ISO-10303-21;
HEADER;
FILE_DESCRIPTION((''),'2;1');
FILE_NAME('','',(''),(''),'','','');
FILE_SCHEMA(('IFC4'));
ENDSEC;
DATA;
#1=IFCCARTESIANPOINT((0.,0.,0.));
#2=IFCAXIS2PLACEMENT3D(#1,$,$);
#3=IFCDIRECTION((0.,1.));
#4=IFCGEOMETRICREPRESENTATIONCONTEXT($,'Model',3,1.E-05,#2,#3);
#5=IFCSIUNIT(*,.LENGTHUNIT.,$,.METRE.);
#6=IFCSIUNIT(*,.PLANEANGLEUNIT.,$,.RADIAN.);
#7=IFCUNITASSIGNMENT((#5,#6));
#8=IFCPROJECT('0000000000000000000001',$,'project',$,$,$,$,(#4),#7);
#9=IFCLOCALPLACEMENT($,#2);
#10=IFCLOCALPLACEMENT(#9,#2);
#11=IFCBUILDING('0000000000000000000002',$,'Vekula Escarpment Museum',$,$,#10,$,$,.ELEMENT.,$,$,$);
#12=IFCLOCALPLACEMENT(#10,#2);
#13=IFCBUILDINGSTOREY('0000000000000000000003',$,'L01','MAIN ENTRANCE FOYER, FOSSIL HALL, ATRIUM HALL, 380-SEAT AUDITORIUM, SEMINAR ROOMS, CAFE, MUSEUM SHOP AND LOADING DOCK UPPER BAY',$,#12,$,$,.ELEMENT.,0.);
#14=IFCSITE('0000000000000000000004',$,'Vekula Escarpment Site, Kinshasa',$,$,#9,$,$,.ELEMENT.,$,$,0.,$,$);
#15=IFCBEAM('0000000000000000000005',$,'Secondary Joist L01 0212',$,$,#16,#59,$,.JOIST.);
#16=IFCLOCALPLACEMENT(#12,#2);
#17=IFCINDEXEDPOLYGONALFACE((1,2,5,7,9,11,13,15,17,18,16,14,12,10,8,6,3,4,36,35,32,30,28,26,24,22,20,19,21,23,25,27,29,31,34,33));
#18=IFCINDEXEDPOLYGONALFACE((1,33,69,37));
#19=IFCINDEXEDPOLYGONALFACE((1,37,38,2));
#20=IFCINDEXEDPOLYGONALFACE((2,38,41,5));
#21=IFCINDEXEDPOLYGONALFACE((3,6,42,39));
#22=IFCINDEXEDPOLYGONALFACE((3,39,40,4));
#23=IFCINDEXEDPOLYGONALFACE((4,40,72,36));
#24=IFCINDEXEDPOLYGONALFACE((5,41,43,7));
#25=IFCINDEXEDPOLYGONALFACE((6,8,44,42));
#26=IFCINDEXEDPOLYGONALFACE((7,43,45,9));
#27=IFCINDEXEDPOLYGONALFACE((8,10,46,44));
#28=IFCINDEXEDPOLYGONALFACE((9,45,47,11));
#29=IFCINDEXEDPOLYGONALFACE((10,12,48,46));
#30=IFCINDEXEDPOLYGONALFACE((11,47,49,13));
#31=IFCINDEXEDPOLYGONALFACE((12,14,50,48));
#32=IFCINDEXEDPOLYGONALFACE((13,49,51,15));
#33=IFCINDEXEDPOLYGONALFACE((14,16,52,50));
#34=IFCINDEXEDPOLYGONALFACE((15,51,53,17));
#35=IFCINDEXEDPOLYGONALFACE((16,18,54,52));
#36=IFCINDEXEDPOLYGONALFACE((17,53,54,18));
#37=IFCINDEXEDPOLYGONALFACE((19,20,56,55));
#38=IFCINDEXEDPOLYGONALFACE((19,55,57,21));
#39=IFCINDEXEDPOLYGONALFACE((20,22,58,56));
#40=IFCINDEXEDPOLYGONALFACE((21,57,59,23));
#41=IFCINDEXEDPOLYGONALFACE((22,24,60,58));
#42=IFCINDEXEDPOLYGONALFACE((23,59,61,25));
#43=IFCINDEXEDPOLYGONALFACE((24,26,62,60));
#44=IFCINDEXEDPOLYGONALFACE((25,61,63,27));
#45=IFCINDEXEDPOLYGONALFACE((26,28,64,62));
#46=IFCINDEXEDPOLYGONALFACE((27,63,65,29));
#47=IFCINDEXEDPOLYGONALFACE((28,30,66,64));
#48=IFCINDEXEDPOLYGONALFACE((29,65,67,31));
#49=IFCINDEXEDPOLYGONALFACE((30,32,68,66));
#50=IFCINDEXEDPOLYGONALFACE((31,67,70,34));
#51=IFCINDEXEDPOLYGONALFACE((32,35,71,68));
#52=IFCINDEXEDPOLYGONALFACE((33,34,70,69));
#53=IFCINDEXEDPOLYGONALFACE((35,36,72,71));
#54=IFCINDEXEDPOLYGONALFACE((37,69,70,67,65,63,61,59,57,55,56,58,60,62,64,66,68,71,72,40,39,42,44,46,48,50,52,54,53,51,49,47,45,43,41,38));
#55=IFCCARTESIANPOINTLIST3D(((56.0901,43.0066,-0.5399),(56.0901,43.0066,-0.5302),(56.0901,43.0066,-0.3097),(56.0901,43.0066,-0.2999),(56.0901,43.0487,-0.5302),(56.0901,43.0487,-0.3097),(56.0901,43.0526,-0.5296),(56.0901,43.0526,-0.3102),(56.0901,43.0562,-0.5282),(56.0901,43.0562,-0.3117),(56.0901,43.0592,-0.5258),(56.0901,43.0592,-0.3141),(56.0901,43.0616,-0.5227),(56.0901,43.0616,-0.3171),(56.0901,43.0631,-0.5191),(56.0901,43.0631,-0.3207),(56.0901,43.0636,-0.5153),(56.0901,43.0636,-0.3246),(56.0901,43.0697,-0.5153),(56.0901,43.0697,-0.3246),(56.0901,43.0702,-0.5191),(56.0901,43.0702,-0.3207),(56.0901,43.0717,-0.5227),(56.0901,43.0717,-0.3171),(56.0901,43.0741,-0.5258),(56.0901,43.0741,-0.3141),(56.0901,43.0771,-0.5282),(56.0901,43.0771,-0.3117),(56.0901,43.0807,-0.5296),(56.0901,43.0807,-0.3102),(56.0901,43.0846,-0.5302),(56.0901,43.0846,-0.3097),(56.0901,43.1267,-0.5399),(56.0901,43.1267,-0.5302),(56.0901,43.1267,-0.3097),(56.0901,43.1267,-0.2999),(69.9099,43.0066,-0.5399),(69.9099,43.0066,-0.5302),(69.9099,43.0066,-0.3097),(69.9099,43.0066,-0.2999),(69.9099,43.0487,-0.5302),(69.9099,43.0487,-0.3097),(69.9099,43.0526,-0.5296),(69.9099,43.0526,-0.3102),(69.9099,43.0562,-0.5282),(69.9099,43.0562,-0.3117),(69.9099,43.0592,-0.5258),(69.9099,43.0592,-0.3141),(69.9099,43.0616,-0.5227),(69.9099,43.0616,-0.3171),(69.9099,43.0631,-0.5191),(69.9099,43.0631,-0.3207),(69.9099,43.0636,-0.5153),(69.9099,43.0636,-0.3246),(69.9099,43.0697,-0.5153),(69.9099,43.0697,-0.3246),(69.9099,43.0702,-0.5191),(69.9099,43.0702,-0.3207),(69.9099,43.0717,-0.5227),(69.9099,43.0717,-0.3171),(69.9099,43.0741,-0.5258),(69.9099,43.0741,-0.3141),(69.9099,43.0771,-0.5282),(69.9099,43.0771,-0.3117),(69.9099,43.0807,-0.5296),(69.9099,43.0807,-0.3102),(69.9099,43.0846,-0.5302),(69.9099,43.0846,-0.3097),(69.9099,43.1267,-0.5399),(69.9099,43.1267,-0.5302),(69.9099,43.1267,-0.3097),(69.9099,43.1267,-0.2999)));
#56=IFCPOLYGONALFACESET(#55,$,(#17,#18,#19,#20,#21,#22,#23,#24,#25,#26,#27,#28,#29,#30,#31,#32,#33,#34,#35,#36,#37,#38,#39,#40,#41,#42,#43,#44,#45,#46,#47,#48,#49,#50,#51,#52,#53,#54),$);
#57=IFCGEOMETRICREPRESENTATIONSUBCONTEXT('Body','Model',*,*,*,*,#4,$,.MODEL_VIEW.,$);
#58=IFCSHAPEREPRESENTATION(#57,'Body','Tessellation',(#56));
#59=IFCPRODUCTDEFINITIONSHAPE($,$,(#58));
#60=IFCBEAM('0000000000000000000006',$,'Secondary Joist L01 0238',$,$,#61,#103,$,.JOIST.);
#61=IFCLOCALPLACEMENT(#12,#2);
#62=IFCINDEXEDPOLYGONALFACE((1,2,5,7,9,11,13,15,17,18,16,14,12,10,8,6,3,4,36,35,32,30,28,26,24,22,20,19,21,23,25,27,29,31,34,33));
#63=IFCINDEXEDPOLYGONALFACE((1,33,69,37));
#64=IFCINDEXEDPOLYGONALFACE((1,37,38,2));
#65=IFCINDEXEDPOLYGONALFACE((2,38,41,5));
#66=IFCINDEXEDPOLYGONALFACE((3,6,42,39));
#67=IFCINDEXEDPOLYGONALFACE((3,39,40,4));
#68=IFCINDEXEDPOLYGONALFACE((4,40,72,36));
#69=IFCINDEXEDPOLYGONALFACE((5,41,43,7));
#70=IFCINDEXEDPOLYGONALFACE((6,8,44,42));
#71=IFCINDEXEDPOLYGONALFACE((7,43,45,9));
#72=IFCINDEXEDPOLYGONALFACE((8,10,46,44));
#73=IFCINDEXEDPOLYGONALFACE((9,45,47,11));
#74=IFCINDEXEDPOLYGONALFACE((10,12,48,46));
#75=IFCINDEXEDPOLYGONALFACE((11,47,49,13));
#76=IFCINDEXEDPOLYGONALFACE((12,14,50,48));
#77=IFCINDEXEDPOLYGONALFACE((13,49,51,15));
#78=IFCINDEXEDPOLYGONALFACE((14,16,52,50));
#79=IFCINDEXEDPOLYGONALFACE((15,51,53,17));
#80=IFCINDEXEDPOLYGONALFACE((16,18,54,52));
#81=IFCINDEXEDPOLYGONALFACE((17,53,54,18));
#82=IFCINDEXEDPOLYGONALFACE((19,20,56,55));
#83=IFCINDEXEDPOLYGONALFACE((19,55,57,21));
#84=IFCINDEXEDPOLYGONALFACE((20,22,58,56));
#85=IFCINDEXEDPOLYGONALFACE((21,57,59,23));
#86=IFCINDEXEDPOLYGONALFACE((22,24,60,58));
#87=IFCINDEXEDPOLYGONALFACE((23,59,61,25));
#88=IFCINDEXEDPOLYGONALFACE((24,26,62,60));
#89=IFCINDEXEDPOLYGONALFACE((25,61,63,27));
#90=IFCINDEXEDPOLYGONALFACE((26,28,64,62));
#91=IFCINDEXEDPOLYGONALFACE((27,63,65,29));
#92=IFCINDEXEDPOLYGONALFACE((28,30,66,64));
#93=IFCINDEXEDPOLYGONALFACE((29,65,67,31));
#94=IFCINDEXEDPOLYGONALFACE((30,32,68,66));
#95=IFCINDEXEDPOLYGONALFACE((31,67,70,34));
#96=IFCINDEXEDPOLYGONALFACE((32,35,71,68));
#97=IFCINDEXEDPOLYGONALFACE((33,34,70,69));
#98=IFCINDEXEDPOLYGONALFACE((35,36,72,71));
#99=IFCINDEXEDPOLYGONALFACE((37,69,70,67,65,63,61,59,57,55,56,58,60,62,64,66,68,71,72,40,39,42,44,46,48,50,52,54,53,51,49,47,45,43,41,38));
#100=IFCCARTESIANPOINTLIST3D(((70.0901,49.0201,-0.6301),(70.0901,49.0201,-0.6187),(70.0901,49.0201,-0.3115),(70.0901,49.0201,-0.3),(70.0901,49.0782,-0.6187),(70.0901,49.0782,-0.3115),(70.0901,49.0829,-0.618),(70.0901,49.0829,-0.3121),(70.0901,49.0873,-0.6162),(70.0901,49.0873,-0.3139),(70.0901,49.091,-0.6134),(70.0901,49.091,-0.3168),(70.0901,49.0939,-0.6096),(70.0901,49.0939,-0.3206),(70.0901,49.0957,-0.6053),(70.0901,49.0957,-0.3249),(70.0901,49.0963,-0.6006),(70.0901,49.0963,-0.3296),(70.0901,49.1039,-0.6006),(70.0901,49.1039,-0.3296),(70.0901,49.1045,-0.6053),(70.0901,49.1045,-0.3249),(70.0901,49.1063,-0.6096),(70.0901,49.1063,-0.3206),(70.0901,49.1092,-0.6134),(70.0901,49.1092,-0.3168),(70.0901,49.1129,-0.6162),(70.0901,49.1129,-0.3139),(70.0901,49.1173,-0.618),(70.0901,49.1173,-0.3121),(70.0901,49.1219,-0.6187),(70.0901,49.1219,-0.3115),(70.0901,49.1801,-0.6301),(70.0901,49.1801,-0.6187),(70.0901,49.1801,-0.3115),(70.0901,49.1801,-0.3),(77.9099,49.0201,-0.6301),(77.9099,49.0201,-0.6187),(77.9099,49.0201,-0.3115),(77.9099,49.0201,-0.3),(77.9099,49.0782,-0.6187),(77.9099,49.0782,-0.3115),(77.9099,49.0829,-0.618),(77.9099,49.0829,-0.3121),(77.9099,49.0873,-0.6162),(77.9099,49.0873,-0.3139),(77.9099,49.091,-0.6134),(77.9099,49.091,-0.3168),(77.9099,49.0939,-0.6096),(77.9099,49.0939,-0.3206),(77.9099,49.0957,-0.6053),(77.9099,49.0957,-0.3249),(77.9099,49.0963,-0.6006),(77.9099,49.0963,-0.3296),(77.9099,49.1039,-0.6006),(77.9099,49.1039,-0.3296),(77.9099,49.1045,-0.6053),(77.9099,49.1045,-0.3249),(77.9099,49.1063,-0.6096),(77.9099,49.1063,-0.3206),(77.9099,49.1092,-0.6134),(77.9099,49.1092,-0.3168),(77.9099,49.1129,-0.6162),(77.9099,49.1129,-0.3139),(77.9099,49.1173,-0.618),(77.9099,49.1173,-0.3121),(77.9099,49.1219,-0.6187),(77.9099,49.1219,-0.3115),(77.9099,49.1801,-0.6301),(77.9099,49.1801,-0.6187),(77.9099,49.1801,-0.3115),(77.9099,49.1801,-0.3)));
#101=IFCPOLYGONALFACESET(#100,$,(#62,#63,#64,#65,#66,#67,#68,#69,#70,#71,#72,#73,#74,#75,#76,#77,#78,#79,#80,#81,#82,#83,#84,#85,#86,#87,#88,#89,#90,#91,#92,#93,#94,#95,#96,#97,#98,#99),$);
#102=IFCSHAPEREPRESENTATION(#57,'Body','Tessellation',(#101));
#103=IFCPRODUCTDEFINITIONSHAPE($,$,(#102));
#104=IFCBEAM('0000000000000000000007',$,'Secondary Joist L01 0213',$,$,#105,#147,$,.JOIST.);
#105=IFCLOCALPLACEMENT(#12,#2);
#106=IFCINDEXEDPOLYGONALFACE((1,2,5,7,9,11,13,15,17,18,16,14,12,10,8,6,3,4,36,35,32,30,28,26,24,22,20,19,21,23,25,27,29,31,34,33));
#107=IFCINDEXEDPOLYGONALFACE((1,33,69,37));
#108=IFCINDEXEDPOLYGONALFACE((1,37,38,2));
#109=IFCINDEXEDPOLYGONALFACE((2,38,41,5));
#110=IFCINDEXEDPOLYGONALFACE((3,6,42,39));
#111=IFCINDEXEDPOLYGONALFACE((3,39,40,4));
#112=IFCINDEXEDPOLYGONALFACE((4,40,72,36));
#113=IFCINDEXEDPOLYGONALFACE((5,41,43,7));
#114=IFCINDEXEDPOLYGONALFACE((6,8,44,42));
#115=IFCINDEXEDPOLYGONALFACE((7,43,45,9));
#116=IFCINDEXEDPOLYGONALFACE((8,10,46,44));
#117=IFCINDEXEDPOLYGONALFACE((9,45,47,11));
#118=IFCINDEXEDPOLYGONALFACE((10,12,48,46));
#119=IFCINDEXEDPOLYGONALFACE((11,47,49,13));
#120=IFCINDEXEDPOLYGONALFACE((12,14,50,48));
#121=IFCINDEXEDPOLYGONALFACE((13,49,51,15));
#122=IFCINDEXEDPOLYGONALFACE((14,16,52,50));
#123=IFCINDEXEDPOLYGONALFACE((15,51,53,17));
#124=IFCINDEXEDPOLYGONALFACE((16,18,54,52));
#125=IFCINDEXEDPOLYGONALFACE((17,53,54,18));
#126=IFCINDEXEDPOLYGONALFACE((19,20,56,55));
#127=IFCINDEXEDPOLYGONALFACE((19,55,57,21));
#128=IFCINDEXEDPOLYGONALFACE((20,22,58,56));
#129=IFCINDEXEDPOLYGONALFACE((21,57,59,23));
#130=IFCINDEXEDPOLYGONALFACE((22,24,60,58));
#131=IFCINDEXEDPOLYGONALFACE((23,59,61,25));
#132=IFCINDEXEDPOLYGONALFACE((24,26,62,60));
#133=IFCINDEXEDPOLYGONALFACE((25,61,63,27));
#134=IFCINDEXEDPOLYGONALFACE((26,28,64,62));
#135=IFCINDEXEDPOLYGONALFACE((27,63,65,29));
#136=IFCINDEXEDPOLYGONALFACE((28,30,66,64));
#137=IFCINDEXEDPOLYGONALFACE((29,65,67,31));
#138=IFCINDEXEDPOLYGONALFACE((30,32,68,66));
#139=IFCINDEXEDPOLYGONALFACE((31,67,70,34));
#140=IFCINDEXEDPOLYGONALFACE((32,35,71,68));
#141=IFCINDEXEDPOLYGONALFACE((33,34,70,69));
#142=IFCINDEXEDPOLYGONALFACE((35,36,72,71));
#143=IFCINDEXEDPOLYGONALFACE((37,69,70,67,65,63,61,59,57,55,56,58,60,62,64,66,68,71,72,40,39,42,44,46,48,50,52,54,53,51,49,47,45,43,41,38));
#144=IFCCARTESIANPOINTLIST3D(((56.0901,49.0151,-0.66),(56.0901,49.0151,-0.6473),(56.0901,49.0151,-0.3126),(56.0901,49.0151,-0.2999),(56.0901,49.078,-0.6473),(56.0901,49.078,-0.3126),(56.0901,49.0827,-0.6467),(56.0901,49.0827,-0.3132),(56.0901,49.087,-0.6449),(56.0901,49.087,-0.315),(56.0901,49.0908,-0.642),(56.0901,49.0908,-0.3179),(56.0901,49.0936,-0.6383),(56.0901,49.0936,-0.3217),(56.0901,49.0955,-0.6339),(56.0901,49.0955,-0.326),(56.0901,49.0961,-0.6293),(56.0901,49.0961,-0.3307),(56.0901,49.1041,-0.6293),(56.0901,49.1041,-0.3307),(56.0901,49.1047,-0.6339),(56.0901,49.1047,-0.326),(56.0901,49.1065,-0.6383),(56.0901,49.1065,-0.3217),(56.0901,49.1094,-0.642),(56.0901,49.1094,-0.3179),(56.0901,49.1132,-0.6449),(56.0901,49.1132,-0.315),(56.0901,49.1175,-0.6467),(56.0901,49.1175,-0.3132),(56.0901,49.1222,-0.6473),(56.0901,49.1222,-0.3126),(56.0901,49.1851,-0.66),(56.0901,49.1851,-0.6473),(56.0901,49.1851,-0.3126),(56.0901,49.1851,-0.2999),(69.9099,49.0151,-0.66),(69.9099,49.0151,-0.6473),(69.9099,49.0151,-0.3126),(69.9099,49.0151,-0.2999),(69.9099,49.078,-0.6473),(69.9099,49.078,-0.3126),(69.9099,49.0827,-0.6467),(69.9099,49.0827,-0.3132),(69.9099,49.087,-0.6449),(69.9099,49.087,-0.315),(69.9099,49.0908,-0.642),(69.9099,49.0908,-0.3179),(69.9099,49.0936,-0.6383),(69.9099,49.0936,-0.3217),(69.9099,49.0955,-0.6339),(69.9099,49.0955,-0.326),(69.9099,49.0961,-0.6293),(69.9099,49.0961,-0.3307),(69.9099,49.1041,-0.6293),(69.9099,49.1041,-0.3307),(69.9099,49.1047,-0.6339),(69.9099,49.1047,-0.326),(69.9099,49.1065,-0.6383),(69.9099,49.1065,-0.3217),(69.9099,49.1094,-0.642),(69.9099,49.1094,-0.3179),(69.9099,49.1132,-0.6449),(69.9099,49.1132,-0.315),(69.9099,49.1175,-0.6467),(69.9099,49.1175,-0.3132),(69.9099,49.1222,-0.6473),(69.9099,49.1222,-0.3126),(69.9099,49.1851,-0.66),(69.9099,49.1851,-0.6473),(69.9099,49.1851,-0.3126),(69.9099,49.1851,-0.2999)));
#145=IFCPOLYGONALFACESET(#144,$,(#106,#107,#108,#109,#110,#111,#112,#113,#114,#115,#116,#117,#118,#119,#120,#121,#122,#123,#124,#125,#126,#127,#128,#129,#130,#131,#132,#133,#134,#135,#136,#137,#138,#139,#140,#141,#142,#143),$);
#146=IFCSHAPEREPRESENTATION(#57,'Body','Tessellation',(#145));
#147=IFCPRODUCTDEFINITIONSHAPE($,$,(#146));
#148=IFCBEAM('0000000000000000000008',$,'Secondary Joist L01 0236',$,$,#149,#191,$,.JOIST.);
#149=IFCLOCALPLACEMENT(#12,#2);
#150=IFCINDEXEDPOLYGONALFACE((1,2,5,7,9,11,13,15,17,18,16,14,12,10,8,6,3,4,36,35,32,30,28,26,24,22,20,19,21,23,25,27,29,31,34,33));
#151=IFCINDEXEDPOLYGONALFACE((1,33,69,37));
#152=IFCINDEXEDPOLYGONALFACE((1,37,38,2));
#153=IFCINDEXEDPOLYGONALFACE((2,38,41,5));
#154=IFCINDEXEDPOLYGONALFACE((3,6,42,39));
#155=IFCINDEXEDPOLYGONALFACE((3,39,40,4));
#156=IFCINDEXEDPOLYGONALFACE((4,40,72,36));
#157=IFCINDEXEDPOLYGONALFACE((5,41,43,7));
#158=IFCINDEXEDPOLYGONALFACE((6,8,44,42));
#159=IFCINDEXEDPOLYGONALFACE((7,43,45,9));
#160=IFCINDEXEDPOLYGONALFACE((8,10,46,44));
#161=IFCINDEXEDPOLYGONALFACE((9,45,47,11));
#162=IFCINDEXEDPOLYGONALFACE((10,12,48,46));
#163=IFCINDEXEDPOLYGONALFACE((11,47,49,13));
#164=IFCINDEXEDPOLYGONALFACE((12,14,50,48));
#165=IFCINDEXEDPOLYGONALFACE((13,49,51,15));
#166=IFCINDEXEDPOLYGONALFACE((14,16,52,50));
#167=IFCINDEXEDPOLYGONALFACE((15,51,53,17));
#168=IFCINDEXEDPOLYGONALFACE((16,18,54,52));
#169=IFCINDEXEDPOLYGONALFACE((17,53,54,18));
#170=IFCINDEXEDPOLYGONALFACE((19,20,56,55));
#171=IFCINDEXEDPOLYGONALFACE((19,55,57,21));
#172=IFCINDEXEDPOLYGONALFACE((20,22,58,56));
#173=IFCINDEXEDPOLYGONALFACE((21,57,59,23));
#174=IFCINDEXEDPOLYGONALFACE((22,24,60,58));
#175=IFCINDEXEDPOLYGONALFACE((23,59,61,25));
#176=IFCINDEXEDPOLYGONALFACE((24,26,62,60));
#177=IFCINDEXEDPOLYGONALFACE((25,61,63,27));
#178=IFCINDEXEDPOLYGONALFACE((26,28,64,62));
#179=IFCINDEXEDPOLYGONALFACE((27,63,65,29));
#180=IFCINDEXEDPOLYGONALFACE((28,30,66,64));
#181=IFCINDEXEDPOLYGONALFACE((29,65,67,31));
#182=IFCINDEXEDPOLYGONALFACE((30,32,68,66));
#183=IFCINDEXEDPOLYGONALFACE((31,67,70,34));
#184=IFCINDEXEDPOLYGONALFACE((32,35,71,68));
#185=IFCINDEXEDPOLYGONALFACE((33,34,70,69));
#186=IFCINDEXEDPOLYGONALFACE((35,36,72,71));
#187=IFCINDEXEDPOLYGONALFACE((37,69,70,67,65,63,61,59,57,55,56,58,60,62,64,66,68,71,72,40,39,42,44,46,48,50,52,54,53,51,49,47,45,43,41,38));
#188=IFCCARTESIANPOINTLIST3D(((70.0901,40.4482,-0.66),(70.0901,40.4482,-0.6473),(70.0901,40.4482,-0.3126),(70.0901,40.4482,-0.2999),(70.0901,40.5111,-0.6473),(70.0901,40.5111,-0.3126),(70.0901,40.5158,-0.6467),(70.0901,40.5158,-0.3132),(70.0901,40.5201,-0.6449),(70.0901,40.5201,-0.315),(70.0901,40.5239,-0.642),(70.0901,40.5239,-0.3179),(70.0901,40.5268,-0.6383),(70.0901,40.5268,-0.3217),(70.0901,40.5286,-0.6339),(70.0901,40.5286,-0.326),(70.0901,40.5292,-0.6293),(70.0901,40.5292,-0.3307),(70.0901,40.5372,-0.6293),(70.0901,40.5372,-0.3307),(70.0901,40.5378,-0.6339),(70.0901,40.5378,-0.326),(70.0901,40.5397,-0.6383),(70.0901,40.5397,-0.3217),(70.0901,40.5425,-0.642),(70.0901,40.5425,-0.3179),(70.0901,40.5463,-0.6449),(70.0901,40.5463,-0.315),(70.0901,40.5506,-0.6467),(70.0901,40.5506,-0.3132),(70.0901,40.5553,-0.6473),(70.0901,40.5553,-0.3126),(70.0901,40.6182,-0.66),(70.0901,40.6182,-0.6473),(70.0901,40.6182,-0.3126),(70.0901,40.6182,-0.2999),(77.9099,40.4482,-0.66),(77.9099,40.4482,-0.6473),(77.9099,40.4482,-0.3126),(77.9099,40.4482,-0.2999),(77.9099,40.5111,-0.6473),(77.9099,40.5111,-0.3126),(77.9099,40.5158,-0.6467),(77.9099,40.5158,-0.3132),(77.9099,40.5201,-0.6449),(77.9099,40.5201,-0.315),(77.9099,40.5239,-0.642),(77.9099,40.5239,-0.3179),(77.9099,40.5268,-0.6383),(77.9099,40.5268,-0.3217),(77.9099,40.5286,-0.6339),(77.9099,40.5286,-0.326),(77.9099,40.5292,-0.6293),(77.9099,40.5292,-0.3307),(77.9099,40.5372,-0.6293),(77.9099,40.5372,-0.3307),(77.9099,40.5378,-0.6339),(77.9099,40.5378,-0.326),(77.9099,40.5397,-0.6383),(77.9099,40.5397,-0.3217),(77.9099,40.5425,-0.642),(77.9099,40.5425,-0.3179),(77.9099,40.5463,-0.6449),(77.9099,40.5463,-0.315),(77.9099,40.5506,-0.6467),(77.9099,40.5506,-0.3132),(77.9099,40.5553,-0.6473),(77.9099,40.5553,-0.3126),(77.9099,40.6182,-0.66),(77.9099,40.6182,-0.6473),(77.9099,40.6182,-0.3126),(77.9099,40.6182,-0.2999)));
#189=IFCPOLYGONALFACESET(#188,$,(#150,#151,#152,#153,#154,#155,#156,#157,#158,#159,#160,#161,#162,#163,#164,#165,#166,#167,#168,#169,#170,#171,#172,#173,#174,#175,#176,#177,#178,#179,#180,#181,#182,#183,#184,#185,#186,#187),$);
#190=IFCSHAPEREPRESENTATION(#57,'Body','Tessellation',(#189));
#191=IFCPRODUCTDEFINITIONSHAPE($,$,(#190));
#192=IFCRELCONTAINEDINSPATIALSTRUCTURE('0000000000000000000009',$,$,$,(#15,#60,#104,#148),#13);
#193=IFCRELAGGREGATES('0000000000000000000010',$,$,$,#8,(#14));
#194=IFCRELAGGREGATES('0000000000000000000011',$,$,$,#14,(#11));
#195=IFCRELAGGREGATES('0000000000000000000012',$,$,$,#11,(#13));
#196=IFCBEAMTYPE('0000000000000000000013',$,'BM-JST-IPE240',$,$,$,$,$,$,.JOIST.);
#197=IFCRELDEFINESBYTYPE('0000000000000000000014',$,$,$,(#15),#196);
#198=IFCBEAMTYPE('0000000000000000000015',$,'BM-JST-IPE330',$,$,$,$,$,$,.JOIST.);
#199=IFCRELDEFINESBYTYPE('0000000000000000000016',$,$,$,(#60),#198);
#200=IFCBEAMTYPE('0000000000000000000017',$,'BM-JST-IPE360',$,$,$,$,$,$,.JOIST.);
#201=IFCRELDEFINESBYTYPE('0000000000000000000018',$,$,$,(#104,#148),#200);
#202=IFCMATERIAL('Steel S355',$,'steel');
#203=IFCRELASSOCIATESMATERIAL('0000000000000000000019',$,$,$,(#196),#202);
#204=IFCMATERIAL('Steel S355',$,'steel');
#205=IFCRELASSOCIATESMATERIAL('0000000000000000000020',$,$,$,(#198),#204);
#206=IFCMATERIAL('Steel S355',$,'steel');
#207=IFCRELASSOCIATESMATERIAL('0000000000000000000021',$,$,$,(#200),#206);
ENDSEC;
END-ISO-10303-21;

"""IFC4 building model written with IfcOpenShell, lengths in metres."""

from ifc_helpers import new_model, si_unit, direction, frame, origin, origin_2d, place, context, subcontext, project, spatial, i_section, extrude, material, material_profile, profile_set, type_object, element, save


model = new_model("IFC4")

# Units and contexts
model_context = context("Model", 3, precision=1e-05, world=origin(), true_north=direction((0.0, 1.0)))
body_context = subcontext(model_context, "Body", "Model", "MODEL_VIEW")
ifc_project = project(units=[si_unit("LENGTHUNIT", "METRE"), si_unit("PLANEANGLEUNIT", "RADIAN")], contexts=[model_context])

# Site, building, storey
site_placement = place(None, origin())
site = spatial("IfcSite", under=ifc_project, at=site_placement, Name="Vekula Escarpment Site, Kinshasa", CompositionType="ELEMENT", RefElevation=0.0)
building_placement = place(site_placement, origin())
building = spatial("IfcBuilding", under=site, at=building_placement, Name="Vekula Escarpment Museum", CompositionType="ELEMENT")
storey_placement = place(building_placement, origin())
storey = spatial("IfcBuildingStorey", under=building, at=storey_placement, Name="L01", Description="MAIN ENTRANCE FOYER, FOSSIL HALL, ATRIUM HALL, 380-SEAT AUDITORIUM, SEMINAR ROOMS, CAFE, MUSEUM SHOP AND LOADING DOCK UPPER BAY", CompositionType="ELEMENT", Elevation=0.0)

# Beams
ifc_material_1 = material(Name="Steel S355", Category="steel")
ifc_material_profile_1 = material_profile(ifc_material_1, i_section(OverallWidth=0.1201, OverallDepth=0.24, WebThickness=0.0061, FlangeThickness=0.0098, FilletRadius=0.0149, at=origin_2d()), Name="IPE 240")
ifc_profile_set_1 = profile_set([ifc_material_profile_1], Name="Steel S355")
beam_type_1 = type_object("IfcBeamType", Name="BM-JST-IPE240", PredefinedType="JOIST", material=ifc_profile_set_1)
for number, where, z_axis, x_axis, name in (
    (1, (56.0901, 43.0667, -0.4199), (1.0, 0.0, 0.0), (0.0, 1.0, 0.0), "Secondary Joist L01 0212"),
):
    element("IfcBeam", number, at=place(storey_placement, frame(where, z_axis=z_axis, x_axis=x_axis)), inside=storey, type_object=beam_type_1, Name=name, PredefinedType="JOIST", context=body_context, shape_type="SweptSolid", body=[
        extrude(i_section(OverallWidth=0.1201, OverallDepth=0.24, WebThickness=0.0061, FlangeThickness=0.0098, FilletRadius=0.0149, at=origin_2d()), origin(), (0.0, 0.0, 1.0), 13.8198),
    ])
ifc_material_2 = material(Name="Steel S355", Category="steel")
ifc_material_profile_2 = material_profile(ifc_material_2, i_section(OverallWidth=0.1599, OverallDepth=0.3301, WebThickness=0.0076, FlangeThickness=0.0115, FilletRadius=0.0181, at=origin_2d()), Name="IPE 330")
ifc_profile_set_2 = profile_set([ifc_material_profile_2], Name="Steel S355")
beam_type_2 = type_object("IfcBeamType", Name="BM-JST-IPE330", PredefinedType="JOIST", material=ifc_profile_set_2)
beam_1_placement = place(storey_placement, frame((70.0901, 49.1001, -0.4651), z_axis=(1.0, 0.0, 0.0), x_axis=(0.0, 1.0, 0.0)))
element("IfcBeam", 2, at=beam_1_placement, inside=storey, type_object=beam_type_2, Name="Secondary Joist L01 0238", PredefinedType="JOIST", context=body_context, shape_type="SweptSolid", body=[
    extrude(i_section(OverallWidth=0.1599, OverallDepth=0.3301, WebThickness=0.0076, FlangeThickness=0.0115, FilletRadius=0.0181, at=origin_2d()), origin(), (0.0, 0.0, 1.0), 7.8198),
])
ifc_material_3 = material(Name="Steel S355", Category="steel")
ifc_material_profile_3 = material_profile(ifc_material_3, i_section(OverallWidth=0.1699, OverallDepth=0.3601, WebThickness=0.0081, FlangeThickness=0.0127, FilletRadius=0.0181, at=origin_2d()), Name="IPE 360")
ifc_profile_set_3 = profile_set([ifc_material_profile_3], Name="Steel S355")
beam_type_3 = type_object("IfcBeamType", Name="BM-JST-IPE360", PredefinedType="JOIST", material=ifc_profile_set_3)
beam_2_placement = place(storey_placement, frame((56.0901, 49.1001, -0.48), z_axis=(1.0, 0.0, 0.0), x_axis=(0.0, 1.0, 0.0)))
element("IfcBeam", 3, at=beam_2_placement, inside=storey, type_object=beam_type_3, Name="Secondary Joist L01 0213", PredefinedType="JOIST", context=body_context, shape_type="SweptSolid", body=[
    extrude(i_section(OverallWidth=0.1699, OverallDepth=0.3601, WebThickness=0.0081, FlangeThickness=0.0127, FilletRadius=0.0181, at=origin_2d()), origin(), (0.0, 0.0, 1.0), 13.8198),
])
for number, where, z_axis, x_axis, name in (
    (4, (70.0901, 40.5332, -0.48), (1.0, 0.0, 0.0), (0.0, 1.0, 0.0), "Secondary Joist L01 0236"),
):
    element("IfcBeam", number, at=place(storey_placement, frame(where, z_axis=z_axis, x_axis=x_axis)), inside=storey, type_object=beam_type_3, Name=name, PredefinedType="JOIST", context=body_context, shape_type="SweptSolid", body=[
        extrude(i_section(OverallWidth=0.1699, OverallDepth=0.3601, WebThickness=0.0081, FlangeThickness=0.0127, FilletRadius=0.0181, at=origin_2d()), origin(), (0.0, 0.0, 1.0), 7.8198),
    ])

save(model, "model.ifc")
